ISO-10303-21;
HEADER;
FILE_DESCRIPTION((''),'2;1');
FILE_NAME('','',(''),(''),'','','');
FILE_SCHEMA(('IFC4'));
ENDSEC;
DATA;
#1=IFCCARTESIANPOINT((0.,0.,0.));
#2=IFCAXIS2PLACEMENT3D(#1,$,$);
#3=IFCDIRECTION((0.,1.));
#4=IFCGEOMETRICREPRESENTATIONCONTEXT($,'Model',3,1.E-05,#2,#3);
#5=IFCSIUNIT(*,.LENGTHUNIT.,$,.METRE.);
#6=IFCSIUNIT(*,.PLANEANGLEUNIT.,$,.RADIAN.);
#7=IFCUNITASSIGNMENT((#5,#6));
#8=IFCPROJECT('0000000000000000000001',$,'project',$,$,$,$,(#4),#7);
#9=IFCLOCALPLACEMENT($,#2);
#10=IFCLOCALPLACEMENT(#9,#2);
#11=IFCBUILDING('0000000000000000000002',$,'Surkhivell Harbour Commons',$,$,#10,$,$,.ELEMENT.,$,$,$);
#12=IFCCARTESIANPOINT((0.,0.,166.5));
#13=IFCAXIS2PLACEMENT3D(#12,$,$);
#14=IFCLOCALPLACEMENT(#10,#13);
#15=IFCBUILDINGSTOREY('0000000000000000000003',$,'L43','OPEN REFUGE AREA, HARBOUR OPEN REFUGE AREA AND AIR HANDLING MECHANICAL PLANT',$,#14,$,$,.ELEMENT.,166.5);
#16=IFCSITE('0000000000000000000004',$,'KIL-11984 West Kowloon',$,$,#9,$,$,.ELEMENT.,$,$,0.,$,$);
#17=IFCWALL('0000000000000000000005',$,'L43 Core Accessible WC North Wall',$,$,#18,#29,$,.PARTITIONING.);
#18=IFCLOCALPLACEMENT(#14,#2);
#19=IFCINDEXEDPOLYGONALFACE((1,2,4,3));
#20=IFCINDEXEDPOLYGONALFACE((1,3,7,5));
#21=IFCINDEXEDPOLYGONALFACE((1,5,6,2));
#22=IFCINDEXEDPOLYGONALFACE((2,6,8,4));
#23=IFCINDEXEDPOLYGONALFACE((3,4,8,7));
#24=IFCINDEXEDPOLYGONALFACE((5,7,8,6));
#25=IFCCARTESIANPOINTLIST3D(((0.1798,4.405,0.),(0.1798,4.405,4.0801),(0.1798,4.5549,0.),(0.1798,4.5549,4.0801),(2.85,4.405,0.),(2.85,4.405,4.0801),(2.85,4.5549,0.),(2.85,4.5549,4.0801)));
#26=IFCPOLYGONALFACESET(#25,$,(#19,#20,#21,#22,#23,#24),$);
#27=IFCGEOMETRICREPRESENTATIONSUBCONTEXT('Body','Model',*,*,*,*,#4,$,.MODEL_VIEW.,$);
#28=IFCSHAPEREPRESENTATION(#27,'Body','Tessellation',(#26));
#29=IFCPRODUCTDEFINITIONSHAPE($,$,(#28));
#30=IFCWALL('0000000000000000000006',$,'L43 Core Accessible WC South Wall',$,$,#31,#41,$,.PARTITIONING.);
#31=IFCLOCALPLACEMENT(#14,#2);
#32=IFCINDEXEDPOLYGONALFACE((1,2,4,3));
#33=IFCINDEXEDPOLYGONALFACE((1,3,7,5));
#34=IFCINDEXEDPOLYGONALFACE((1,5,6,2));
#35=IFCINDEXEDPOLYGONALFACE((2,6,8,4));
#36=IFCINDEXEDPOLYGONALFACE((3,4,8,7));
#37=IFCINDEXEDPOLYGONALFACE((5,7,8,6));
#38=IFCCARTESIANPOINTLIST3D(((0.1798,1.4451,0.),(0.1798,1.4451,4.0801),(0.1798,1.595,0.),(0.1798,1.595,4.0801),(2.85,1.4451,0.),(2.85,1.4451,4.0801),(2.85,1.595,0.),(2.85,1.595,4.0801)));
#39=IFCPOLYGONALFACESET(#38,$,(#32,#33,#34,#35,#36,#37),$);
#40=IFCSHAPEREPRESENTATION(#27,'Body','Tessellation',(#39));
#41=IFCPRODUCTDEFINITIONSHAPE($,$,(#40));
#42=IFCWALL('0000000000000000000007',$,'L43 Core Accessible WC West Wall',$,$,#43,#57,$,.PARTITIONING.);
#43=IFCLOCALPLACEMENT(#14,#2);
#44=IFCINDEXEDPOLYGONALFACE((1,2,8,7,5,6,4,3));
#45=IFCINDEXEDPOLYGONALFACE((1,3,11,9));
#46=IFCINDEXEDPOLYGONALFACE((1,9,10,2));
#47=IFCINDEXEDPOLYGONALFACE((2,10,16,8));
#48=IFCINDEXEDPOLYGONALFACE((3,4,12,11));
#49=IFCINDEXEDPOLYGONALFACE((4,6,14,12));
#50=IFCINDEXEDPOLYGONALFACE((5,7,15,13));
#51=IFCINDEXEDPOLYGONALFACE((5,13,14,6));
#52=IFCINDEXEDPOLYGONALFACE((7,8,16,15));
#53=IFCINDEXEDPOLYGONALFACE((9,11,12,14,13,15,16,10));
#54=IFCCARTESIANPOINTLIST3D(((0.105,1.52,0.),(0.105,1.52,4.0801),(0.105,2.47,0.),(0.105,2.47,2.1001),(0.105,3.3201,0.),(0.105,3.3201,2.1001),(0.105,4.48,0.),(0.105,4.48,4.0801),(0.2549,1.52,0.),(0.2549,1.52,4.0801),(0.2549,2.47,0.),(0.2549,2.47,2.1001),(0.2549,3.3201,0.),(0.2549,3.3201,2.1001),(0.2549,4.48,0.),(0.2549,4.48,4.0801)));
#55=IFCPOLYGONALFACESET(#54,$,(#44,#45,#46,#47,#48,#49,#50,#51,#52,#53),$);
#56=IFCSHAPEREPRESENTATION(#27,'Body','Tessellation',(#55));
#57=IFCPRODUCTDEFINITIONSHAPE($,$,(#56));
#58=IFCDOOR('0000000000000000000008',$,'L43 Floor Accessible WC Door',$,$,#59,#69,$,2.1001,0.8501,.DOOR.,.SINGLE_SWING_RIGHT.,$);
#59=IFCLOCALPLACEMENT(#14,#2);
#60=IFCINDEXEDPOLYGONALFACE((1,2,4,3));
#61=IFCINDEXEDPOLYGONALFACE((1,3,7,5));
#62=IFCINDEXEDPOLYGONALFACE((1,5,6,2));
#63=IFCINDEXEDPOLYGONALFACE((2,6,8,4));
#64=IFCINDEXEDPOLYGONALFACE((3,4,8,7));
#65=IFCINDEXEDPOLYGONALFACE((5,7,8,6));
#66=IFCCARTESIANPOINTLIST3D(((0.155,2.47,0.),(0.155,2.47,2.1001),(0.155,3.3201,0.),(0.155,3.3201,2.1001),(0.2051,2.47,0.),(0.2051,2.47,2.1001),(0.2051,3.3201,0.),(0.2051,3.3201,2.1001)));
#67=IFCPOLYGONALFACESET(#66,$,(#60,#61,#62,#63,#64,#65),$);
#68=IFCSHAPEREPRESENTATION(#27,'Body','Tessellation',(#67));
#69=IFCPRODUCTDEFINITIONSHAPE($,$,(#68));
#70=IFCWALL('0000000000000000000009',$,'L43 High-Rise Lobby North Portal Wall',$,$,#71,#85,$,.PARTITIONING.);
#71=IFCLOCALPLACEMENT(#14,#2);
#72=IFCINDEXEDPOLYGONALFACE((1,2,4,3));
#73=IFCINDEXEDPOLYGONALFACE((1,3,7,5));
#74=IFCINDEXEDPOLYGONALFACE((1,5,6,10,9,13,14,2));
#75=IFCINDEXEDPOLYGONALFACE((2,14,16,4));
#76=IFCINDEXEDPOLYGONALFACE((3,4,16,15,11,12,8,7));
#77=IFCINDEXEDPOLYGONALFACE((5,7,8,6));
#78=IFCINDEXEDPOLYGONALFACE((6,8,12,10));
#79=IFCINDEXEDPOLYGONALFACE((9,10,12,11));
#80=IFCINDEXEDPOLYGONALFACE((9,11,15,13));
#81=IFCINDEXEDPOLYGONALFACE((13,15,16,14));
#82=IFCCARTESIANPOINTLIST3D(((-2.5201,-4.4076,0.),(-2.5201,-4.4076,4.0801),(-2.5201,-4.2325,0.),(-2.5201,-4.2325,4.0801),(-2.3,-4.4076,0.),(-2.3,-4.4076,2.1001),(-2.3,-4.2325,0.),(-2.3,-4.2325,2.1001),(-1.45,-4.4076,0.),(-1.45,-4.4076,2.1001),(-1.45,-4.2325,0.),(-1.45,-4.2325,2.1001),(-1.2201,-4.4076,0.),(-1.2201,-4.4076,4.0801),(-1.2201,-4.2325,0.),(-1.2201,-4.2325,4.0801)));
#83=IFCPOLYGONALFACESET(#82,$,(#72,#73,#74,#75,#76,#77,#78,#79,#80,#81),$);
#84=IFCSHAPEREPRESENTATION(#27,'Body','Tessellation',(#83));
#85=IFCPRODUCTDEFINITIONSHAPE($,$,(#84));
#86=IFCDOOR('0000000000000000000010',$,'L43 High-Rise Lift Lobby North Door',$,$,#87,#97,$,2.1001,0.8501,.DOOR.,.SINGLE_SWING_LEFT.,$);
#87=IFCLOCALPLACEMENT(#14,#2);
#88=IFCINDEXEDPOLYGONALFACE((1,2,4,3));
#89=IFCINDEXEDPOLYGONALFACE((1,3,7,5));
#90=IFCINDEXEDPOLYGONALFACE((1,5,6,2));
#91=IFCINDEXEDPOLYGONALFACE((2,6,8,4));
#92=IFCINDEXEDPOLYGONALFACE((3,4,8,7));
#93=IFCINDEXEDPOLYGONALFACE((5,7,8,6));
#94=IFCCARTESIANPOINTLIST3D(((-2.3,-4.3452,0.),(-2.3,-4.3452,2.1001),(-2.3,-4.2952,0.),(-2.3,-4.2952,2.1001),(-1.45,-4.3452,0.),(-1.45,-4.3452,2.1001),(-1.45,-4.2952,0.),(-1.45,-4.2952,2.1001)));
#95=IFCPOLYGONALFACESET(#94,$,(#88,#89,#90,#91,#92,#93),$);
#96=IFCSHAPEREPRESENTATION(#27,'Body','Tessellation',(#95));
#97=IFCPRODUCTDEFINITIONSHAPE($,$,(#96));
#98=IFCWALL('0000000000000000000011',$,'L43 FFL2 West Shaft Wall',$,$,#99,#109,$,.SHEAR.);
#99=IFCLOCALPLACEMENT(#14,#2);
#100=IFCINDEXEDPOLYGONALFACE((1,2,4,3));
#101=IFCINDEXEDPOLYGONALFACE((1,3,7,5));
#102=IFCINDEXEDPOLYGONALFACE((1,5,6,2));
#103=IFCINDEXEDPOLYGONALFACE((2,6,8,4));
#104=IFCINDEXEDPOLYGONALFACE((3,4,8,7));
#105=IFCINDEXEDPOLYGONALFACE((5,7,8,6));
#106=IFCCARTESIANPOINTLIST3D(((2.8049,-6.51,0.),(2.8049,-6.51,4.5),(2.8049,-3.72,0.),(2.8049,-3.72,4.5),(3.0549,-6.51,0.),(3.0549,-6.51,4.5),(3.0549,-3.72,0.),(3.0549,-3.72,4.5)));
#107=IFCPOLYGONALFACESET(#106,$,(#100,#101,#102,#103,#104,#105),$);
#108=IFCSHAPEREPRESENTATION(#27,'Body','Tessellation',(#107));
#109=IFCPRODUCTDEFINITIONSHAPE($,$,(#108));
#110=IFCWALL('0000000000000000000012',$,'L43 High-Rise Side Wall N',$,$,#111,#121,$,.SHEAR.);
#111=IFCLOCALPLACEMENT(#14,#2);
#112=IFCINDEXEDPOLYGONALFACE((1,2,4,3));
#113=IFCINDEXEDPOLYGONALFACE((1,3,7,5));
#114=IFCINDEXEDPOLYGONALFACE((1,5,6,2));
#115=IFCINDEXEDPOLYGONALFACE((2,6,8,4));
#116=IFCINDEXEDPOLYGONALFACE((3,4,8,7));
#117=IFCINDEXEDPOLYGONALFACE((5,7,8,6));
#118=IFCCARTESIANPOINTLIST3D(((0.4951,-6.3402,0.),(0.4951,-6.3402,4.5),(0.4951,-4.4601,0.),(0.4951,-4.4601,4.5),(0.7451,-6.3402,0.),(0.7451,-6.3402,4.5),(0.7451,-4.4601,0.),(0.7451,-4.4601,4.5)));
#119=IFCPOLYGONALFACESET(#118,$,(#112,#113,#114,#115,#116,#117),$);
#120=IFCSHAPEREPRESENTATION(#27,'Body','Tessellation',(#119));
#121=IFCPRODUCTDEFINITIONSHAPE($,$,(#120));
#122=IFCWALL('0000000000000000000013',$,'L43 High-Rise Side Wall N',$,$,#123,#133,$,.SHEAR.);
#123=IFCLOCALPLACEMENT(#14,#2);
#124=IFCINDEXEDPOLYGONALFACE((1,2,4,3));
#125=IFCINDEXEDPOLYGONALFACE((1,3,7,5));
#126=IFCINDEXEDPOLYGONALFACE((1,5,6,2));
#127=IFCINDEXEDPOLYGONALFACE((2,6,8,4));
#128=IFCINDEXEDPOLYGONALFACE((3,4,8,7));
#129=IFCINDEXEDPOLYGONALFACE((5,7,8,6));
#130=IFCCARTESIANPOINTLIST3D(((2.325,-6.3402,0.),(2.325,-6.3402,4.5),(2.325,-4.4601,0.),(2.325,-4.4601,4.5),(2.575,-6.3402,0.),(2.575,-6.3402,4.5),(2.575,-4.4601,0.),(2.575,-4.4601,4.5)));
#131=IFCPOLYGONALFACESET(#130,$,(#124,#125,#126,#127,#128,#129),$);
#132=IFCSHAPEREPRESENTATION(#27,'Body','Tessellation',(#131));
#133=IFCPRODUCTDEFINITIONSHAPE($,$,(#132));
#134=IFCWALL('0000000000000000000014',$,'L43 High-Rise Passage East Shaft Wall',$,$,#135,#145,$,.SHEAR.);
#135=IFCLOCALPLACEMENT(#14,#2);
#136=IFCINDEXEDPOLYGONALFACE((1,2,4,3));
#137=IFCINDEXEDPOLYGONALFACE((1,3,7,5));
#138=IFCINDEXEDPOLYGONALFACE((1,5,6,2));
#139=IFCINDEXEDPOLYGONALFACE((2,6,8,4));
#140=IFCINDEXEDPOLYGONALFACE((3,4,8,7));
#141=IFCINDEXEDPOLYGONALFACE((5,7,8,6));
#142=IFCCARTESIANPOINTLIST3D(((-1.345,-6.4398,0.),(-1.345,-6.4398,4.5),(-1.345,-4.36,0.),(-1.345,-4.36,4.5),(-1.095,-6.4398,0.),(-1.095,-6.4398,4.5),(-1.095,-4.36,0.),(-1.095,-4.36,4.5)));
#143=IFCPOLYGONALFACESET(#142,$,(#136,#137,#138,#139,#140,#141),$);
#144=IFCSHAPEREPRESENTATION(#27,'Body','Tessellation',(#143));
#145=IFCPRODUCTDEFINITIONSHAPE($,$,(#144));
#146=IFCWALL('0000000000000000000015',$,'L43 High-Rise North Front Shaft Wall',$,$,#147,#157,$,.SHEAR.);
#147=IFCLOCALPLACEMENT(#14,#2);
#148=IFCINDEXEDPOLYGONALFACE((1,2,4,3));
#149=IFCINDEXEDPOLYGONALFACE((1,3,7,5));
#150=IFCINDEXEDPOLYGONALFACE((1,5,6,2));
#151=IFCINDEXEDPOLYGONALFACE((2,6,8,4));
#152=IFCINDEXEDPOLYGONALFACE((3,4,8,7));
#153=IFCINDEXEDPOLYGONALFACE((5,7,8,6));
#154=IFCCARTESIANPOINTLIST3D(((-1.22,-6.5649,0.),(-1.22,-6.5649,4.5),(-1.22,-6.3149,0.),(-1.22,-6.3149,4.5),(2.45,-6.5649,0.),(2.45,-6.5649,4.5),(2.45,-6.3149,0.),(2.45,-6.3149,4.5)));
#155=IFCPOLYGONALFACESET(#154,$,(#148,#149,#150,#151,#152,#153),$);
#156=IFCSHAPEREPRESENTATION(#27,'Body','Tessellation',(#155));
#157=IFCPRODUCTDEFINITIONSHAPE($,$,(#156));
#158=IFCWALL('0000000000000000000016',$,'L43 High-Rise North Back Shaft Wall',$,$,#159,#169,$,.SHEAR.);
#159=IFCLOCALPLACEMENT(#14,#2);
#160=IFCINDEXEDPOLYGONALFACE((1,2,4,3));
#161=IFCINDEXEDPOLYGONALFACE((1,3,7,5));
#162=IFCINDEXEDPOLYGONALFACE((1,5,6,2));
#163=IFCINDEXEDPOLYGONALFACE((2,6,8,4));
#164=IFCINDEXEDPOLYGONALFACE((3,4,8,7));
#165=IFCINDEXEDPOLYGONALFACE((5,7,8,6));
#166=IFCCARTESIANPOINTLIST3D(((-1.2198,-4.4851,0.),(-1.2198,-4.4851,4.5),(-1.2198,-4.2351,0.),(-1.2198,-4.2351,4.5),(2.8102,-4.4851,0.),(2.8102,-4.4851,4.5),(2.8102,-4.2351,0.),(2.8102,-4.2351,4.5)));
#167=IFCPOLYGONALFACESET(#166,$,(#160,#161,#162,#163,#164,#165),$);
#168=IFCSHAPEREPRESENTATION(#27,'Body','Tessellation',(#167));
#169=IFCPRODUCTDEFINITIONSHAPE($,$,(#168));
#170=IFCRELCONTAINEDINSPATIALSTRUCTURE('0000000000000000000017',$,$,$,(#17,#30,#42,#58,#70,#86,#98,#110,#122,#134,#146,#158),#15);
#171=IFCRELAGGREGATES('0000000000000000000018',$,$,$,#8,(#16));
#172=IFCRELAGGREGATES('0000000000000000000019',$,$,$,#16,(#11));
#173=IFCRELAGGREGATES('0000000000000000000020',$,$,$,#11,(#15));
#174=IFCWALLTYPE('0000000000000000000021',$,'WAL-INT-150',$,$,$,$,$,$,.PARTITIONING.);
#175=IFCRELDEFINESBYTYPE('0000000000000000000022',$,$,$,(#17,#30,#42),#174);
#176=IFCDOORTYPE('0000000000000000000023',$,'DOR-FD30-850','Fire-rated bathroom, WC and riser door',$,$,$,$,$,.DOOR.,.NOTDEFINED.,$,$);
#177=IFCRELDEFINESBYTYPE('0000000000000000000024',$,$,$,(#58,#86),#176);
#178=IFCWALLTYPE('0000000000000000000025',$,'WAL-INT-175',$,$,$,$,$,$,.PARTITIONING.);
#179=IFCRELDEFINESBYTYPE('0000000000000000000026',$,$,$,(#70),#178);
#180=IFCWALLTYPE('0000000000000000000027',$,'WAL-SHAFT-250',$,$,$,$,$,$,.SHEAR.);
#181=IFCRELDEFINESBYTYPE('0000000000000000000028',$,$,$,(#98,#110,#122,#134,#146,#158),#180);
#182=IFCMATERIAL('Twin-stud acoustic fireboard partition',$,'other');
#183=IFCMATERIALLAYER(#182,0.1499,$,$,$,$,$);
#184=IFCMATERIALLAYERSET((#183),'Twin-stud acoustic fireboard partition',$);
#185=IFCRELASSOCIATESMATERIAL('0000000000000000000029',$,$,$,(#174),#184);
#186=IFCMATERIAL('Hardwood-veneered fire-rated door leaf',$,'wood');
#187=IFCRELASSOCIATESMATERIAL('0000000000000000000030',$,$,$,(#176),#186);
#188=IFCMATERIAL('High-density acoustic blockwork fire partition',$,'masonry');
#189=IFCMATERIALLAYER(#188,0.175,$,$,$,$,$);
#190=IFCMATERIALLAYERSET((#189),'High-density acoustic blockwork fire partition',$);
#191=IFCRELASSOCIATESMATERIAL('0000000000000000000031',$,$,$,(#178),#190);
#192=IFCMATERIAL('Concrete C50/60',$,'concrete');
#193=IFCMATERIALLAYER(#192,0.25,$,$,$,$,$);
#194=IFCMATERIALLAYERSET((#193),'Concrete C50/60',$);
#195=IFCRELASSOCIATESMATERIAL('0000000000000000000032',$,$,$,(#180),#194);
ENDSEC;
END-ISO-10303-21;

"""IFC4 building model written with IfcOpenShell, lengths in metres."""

from ifc_helpers import new_model, si_unit, direction, frame, frame_2d, origin, place, context, subcontext, project, spatial, rectangle, extrude, material, layer, layer_set, type_object, element, fill, save


model = new_model("IFC4")

# Units and contexts
model_context = context("Model", 3, precision=1e-05, world=origin(), true_north=direction((0.0, 1.0)))
body_context = subcontext(model_context, "Body", "Model", "MODEL_VIEW")
ifc_project = project(units=[si_unit("LENGTHUNIT", "METRE"), si_unit("PLANEANGLEUNIT", "RADIAN")], contexts=[model_context])

# Site, building, storey
site_placement = place(None, origin())
site = spatial("IfcSite", under=ifc_project, at=site_placement, Name="KIL-11984 West Kowloon", CompositionType="ELEMENT", RefElevation=0.0)
building_placement = place(site_placement, origin())
building = spatial("IfcBuilding", under=site, at=building_placement, Name="Surkhivell Harbour Commons", CompositionType="ELEMENT")
storey_placement = place(building_placement, frame((0.0, 0.0, 166.5)))
storey = spatial("IfcBuildingStorey", under=building, at=storey_placement, Name="L43", Description="OPEN REFUGE AREA, HARBOUR OPEN REFUGE AREA AND AIR HANDLING MECHANICAL PLANT", CompositionType="ELEMENT", Elevation=166.5)

# Shared definitions
ifc_material_1 = material(Name="Concrete C50/60", Category="concrete")

# Walls
ifc_material_2 = material(Name="Twin-stud acoustic fireboard partition", Category="other")
ifc_layer_1 = layer(ifc_material_2, 0.1499)
ifc_layer_set_1 = layer_set([ifc_layer_1], Name="Twin-stud acoustic fireboard partition")
wall_type_1 = type_object("IfcWallType", Name="WAL-INT-150", PredefinedType="PARTITIONING", material=ifc_layer_set_1)
for number, where, z_axis, x_axis, name in (
    (1, (0.1799, 4.48, 0.0), (0.0, 0.0, 1.0), (1.0, 0.0, 0.0), "L43 Core Accessible WC North Wall"),
    (2, (0.1799, 1.52, 0.0), (0.0, 0.0, 1.0), (1.0, 0.0, 0.0), "L43 Core Accessible WC South Wall"),
):
    element("IfcWall", number, at=place(storey_placement, frame(where, z_axis=z_axis, x_axis=x_axis)), inside=storey, type_object=wall_type_1, Name=name, PredefinedType="PARTITIONING", context=body_context, shape_type="SweptSolid", body=[
        extrude(rectangle(XDim=2.6702, YDim=0.1499, at=frame_2d((1.335, 0.0))), origin(), (0.0, 0.0, 1.0), 4.0801),
    ])

# Walls, openings, doors
wall_1_placement = place(storey_placement, frame((0.1799, 1.52, 0.0), z_axis=(0.0, 0.0, 1.0), x_axis=(0.0, 1.0, 0.0)))
wall_1 = element("IfcWall", 3, at=wall_1_placement, inside=storey, type_object=wall_type_1, Name="L43 Core Accessible WC West Wall", PredefinedType="PARTITIONING", context=body_context, shape_type="SweptSolid", body=[
    extrude(rectangle(XDim=2.96, YDim=0.1499, at=frame_2d((1.48, 0.0))), origin(), (0.0, 0.0, 1.0), 4.0801),
])
opening_1_placement = place(wall_1_placement, frame((0.95, 0.0, 0.0)))
opening_1 = element("IfcOpeningElement", 4, at=opening_1_placement, cuts=wall_1, PredefinedType="OPENING", context=body_context, shape_type="SweptSolid", body=[
    extrude(rectangle(XDim=0.8501, YDim=2.1001, at=frame_2d((0.425, 1.05))), frame((0.0, 0.085, 0.0), z_axis=(0.0, -1.0, 0.0), x_axis=(1.0, 0.0, 0.0)), (0.0, 0.0, 1.0), 0.1699),
])
ifc_material_3 = material(Name="Hardwood-veneered fire-rated door leaf", Category="wood")
door_type_1 = type_object("IfcDoorType", Name="DOR-FD30-850", Description="Fire-rated bathroom, WC and riser door", OperationType="NOTDEFINED", PredefinedType="DOOR", material=ifc_material_3)
door_1_placement = place(opening_1_placement, origin())
door_1 = element("IfcDoor", 5, at=door_1_placement, inside=storey, type_object=door_type_1, Name="L43 Floor Accessible WC Door", OperationType="SINGLE_SWING_RIGHT", OverallHeight=2.1001, OverallWidth=0.8501, PredefinedType="DOOR", context=body_context, shape_type="SweptSolid", body=[
    extrude(rectangle(XDim=0.8501, YDim=2.1001, at=frame_2d((0.425, 1.05))), frame((0.0, 0.0249, 0.0), z_axis=(0.0, -1.0, 0.0), x_axis=(1.0, 0.0, 0.0)), (0.0, 0.0, 1.0), 0.05),
])
fill(opening_1, door_1)
ifc_material_4 = material(Name="High-density acoustic blockwork fire partition", Category="masonry")
ifc_layer_2 = layer(ifc_material_4, 0.175)
ifc_layer_set_2 = layer_set([ifc_layer_2], Name="High-density acoustic blockwork fire partition")
wall_type_2 = type_object("IfcWallType", Name="WAL-INT-175", PredefinedType="PARTITIONING", material=ifc_layer_set_2)
wall_2_placement = place(storey_placement, frame((-2.52, -4.3201, 0.0), z_axis=(0.0, 0.0, 1.0), x_axis=(1.0, 0.0, 0.0)))
wall_2 = element("IfcWall", 6, at=wall_2_placement, inside=storey, type_object=wall_type_2, Name="L43 High-Rise Lobby North Portal Wall", PredefinedType="PARTITIONING", context=body_context, shape_type="SweptSolid", body=[
    extrude(rectangle(XDim=1.3, YDim=0.175, at=frame_2d((0.6499, 0.0))), origin(), (0.0, 0.0, 1.0), 4.0801),
])
opening_2_placement = place(wall_2_placement, frame((0.22, 0.0, 0.0)))
opening_2 = element("IfcOpeningElement", 7, at=opening_2_placement, cuts=wall_2, PredefinedType="OPENING", context=body_context, shape_type="SweptSolid", body=[
    extrude(rectangle(XDim=0.8501, YDim=2.1001, at=frame_2d((0.425, 1.05))), frame((0.0, 0.0974, 0.0), z_axis=(0.0, -1.0, 0.0), x_axis=(1.0, 0.0, 0.0)), (0.0, 0.0, 1.0), 0.1951),
])
door_2_placement = place(opening_2_placement, origin())
door_2 = element("IfcDoor", 8, at=door_2_placement, inside=storey, type_object=door_type_1, Name="L43 High-Rise Lift Lobby North Door", OperationType="SINGLE_SWING_LEFT", OverallHeight=2.1001, OverallWidth=0.8501, PredefinedType="DOOR", context=body_context, shape_type="SweptSolid", body=[
    extrude(rectangle(XDim=0.8501, YDim=2.1001, at=frame_2d((0.425, 1.05))), frame((0.0, 0.0249, 0.0), z_axis=(0.0, -1.0, 0.0), x_axis=(1.0, 0.0, 0.0)), (0.0, 0.0, 1.0), 0.05),
])
fill(opening_2, door_2)

# Walls
ifc_layer_3 = layer(ifc_material_1, 0.25)
ifc_layer_set_3 = layer_set([ifc_layer_3], Name="Concrete C50/60")
wall_type_3 = type_object("IfcWallType", Name="WAL-SHAFT-250", PredefinedType="SHEAR", material=ifc_layer_set_3)
wall_3_placement = place(storey_placement, frame((2.9299, -6.51, 0.0), z_axis=(0.0, 0.0, 1.0), x_axis=(0.0, 1.0, 0.0)))
element("IfcWall", 9, at=wall_3_placement, inside=storey, type_object=wall_type_3, Name="L43 FFL2 West Shaft Wall", PredefinedType="SHEAR", context=body_context, shape_type="SweptSolid", body=[
    extrude(rectangle(XDim=2.79, YDim=0.25, at=frame_2d((1.395, 0.0))), origin(), (0.0, 0.0, 1.0), 4.5),
])
for number, where, z_axis, x_axis, name in (
    (10, (0.6201, -6.3401, 0.0), (0.0, 0.0, 1.0), (0.0, 1.0, 0.0), "L43 High-Rise Side Wall N"),
    (11, (2.45, -6.3401, 0.0), (0.0, 0.0, 1.0), (0.0, 1.0, 0.0), "L43 High-Rise Side Wall N"),
):
    element("IfcWall", number, at=place(storey_placement, frame(where, z_axis=z_axis, x_axis=x_axis)), inside=storey, type_object=wall_type_3, Name=name, PredefinedType="SHEAR", context=body_context, shape_type="SweptSolid", body=[
        extrude(rectangle(XDim=1.8801, YDim=0.25, at=frame_2d((0.9399, 0.0))), origin(), (0.0, 0.0, 1.0), 4.5),
    ])
wall_4_placement = place(storey_placement, frame((-1.22, -6.4399, 0.0), z_axis=(0.0, 0.0, 1.0), x_axis=(0.0, 1.0, 0.0)))
element("IfcWall", 12, at=wall_4_placement, inside=storey, type_object=wall_type_3, Name="L43 High-Rise Passage East Shaft Wall", PredefinedType="SHEAR", context=body_context, shape_type="SweptSolid", body=[
    extrude(rectangle(XDim=2.0798, YDim=0.25, at=frame_2d((1.04, 0.0))), origin(), (0.0, 0.0, 1.0), 4.5),
])
wall_5_placement = place(storey_placement, frame((-1.22, -6.4399, 0.0), z_axis=(0.0, 0.0, 1.0), x_axis=(1.0, 0.0, 0.0)))
element("IfcWall", 13, at=wall_5_placement, inside=storey, type_object=wall_type_3, Name="L43 High-Rise North Front Shaft Wall", PredefinedType="SHEAR", context=body_context, shape_type="SweptSolid", body=[
    extrude(rectangle(XDim=3.6699, YDim=0.25, at=frame_2d((1.835, 0.0))), origin(), (0.0, 0.0, 1.0), 4.5),
])
wall_6_placement = place(storey_placement, frame((-1.22, -4.3601, 0.0), z_axis=(0.0, 0.0, 1.0), x_axis=(1.0, 0.0, 0.0)))
element("IfcWall", 14, at=wall_6_placement, inside=storey, type_object=wall_type_3, Name="L43 High-Rise North Back Shaft Wall", PredefinedType="SHEAR", context=body_context, shape_type="SweptSolid", body=[
    extrude(rectangle(XDim=4.03, YDim=0.25, at=frame_2d((2.0151, 0.0))), origin(), (0.0, 0.0, 1.0), 4.5),
])

save(model, "model.ifc")
